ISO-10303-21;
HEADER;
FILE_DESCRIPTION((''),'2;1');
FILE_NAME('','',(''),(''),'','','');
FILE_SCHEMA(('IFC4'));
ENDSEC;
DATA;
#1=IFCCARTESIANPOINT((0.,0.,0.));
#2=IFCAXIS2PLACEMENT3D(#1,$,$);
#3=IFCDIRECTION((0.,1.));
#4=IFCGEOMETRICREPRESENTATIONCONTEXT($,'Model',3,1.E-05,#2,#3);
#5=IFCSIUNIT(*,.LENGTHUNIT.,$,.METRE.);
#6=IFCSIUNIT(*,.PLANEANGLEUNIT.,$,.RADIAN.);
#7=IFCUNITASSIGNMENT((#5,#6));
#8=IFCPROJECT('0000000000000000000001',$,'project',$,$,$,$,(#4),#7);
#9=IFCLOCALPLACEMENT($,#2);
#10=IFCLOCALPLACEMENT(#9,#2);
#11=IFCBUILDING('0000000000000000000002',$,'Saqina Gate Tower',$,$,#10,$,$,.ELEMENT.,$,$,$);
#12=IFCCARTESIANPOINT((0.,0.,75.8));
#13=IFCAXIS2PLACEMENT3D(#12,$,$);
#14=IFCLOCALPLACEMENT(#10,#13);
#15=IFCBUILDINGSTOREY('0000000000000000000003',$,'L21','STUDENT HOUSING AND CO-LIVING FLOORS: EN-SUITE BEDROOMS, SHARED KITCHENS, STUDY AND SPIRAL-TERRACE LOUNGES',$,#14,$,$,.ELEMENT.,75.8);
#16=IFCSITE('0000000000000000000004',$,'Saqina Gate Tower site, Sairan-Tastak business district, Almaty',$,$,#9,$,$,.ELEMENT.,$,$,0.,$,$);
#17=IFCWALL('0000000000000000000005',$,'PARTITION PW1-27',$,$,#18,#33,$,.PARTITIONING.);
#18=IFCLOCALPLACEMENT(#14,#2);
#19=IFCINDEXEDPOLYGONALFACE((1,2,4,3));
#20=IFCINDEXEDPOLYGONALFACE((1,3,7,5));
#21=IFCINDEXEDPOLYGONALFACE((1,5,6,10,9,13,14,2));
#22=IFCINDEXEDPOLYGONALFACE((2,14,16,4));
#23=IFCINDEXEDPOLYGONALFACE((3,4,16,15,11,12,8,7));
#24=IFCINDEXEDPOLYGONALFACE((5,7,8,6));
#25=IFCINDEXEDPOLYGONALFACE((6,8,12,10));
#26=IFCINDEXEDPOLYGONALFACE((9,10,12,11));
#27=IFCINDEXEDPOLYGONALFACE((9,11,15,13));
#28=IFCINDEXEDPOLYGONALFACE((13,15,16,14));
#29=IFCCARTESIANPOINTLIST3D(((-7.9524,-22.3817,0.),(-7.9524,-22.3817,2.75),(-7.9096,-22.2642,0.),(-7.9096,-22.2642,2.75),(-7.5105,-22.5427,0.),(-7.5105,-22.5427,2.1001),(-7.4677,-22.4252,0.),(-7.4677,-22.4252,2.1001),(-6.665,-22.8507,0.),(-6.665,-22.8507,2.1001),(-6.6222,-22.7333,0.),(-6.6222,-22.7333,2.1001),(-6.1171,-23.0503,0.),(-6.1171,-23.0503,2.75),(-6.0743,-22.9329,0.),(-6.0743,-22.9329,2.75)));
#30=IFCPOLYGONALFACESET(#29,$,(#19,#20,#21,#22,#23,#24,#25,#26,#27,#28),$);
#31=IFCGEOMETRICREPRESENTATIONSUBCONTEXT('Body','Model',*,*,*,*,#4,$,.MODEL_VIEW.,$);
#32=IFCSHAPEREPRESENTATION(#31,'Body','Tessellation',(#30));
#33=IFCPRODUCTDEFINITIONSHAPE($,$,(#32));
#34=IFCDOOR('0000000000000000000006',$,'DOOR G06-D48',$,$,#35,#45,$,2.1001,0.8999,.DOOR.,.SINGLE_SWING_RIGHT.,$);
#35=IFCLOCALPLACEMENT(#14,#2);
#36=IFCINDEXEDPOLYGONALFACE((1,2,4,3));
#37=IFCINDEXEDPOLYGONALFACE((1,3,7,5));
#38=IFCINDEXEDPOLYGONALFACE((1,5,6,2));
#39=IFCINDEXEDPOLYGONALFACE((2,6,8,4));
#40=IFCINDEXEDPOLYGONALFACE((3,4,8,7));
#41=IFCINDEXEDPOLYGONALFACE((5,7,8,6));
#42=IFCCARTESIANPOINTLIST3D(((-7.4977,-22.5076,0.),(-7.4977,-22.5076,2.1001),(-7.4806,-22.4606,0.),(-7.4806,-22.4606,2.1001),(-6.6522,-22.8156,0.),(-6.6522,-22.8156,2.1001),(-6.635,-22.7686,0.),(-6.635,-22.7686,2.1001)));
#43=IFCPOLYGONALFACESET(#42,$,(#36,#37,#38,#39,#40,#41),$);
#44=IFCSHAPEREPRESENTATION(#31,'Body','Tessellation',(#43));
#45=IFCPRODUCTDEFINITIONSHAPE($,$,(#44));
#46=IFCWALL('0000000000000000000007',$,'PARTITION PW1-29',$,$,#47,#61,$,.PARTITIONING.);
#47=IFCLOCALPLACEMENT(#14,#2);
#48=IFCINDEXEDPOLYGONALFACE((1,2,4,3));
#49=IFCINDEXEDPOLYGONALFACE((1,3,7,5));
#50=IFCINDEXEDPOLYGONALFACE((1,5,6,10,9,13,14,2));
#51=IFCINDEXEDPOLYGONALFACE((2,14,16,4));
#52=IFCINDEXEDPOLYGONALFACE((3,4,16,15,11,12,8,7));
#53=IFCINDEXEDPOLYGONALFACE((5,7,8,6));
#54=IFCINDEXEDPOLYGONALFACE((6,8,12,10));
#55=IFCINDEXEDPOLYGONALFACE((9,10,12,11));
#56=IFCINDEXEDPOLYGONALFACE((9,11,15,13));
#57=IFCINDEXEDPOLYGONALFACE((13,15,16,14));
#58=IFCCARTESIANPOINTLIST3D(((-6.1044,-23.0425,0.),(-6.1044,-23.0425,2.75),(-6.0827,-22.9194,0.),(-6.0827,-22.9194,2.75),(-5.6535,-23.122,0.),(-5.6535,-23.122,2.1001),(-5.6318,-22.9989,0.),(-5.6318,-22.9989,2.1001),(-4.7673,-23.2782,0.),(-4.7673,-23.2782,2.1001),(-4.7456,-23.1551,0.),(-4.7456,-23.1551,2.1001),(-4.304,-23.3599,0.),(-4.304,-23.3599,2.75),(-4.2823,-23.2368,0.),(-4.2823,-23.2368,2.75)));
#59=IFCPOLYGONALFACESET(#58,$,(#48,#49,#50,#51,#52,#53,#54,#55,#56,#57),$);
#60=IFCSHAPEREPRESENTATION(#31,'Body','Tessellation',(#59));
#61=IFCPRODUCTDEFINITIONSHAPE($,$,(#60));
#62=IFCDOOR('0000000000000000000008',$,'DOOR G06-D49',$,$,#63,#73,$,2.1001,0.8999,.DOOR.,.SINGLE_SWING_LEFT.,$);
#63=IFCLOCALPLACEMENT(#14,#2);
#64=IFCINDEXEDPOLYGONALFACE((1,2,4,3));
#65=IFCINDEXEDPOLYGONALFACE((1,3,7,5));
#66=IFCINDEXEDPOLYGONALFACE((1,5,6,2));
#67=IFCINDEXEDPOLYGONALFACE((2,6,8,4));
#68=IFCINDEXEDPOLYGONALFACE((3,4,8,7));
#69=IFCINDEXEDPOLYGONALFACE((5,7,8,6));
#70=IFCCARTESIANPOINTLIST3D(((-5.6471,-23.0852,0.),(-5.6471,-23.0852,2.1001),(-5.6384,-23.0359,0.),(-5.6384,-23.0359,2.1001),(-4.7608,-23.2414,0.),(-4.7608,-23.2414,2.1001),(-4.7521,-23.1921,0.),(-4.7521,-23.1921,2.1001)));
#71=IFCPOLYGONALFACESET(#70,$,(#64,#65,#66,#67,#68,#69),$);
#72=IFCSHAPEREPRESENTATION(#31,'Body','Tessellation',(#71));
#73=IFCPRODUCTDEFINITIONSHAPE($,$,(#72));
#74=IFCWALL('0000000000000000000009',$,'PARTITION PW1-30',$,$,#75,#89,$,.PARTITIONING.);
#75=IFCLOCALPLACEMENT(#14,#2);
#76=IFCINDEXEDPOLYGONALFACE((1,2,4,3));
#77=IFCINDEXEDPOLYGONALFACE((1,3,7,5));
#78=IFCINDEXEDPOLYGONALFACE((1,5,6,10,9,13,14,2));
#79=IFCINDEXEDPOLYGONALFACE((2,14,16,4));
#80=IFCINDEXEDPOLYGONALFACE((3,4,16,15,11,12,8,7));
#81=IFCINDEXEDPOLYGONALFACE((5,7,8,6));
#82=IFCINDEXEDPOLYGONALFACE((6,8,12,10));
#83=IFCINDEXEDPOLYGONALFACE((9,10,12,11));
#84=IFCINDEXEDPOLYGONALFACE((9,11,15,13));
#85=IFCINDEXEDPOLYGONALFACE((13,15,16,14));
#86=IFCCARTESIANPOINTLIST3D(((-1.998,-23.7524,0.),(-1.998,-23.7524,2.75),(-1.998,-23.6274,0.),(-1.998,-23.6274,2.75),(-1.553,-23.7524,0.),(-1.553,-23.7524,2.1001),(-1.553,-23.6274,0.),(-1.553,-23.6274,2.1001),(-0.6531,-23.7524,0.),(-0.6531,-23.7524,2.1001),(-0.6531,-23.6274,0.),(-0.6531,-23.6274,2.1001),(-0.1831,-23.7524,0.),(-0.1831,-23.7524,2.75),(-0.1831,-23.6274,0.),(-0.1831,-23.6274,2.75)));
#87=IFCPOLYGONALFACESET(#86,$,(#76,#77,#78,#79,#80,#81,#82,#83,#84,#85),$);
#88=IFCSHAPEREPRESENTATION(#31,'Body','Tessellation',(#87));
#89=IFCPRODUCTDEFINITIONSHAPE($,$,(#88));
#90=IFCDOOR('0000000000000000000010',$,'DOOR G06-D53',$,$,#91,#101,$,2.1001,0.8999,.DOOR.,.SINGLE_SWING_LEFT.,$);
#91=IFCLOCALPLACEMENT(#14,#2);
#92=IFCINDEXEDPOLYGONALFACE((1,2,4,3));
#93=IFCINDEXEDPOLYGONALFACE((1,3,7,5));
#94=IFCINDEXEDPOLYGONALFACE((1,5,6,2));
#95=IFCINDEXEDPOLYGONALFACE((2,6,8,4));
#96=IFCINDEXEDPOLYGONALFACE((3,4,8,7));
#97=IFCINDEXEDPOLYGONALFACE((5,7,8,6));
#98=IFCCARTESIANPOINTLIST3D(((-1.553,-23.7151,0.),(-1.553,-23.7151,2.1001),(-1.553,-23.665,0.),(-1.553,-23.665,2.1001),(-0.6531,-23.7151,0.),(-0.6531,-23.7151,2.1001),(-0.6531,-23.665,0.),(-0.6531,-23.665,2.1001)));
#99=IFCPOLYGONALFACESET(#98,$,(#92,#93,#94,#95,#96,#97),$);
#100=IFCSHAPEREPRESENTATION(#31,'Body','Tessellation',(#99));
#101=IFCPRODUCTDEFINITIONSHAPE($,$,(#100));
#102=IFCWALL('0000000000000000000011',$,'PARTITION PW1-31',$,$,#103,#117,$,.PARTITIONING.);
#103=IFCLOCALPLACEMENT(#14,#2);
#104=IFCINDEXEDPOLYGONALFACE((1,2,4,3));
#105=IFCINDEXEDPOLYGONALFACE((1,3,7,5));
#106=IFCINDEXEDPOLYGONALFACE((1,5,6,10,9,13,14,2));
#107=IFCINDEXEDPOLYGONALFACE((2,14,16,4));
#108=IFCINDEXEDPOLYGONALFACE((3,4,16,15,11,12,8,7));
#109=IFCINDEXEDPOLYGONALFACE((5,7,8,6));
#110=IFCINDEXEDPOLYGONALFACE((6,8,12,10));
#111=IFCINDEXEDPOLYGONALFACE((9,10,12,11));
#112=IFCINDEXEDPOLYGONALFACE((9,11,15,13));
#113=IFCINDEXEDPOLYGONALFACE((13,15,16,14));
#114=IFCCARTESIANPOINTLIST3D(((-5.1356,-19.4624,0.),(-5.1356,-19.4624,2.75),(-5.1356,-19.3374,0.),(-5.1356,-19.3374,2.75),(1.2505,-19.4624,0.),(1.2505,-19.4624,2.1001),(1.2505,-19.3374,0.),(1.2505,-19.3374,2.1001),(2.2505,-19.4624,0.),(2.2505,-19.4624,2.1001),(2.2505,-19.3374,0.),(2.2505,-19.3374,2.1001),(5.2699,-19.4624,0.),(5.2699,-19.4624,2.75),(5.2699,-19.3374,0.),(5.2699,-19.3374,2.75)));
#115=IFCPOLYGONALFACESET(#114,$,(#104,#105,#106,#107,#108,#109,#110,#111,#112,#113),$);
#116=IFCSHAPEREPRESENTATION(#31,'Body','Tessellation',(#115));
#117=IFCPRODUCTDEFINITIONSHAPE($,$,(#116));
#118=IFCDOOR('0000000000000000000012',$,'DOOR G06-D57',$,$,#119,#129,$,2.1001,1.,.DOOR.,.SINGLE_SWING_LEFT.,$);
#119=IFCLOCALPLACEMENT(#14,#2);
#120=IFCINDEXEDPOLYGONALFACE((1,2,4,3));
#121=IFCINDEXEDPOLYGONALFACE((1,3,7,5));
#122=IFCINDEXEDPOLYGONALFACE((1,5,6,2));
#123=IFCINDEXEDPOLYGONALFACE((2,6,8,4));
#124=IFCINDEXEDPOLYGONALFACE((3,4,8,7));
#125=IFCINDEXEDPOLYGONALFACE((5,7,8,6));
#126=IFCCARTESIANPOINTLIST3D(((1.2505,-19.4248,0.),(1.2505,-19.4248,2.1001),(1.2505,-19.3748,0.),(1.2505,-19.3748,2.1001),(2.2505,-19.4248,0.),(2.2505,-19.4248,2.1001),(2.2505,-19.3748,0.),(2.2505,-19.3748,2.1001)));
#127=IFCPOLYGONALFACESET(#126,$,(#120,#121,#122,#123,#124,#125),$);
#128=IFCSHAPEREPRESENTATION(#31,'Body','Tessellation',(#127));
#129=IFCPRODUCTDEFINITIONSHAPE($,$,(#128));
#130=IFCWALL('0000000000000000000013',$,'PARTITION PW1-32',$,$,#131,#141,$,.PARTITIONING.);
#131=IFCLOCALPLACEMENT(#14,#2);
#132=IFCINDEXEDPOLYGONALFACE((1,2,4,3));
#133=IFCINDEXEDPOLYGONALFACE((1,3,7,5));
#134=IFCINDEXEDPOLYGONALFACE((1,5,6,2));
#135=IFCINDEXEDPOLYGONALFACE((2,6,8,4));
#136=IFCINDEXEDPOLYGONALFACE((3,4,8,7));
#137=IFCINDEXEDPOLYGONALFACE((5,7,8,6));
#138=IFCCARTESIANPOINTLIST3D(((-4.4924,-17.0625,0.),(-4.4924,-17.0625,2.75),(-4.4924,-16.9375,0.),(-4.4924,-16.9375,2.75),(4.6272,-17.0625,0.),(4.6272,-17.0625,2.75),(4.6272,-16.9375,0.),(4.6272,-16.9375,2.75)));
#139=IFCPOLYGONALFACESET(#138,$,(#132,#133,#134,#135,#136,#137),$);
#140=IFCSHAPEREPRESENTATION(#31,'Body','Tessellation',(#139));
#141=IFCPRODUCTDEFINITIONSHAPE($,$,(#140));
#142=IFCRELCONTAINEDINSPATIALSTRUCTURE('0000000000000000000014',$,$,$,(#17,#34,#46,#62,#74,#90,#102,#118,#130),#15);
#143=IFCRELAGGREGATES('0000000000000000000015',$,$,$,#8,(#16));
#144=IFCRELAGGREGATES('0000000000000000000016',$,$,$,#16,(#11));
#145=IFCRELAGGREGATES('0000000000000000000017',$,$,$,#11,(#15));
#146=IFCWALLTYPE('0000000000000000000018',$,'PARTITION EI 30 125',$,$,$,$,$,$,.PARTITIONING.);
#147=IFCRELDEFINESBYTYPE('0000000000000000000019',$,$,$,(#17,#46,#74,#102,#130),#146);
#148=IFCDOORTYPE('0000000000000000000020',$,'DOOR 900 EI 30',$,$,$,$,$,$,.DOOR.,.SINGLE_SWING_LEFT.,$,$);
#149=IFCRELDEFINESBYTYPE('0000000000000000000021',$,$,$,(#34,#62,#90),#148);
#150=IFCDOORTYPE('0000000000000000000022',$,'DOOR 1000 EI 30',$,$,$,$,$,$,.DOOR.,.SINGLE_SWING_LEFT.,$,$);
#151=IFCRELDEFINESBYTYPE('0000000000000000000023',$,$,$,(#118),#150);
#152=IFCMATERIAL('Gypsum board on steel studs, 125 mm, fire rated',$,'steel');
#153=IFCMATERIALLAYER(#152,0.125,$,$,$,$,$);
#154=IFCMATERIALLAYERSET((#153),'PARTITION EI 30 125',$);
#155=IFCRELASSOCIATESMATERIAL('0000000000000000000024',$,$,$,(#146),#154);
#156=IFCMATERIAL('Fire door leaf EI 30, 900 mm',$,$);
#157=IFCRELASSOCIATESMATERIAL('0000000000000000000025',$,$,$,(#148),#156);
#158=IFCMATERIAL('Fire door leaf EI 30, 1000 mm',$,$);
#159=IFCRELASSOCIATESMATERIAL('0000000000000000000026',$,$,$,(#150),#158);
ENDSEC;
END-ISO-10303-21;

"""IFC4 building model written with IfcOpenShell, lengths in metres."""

from ifc_helpers import new_model, si_unit, direction, frame, frame_2d, origin, place, context, subcontext, project, spatial, rectangle, extrude, material, layer, layer_set, type_object, element, fill, save


model = new_model("IFC4")

# Units and contexts
model_context = context("Model", 3, precision=1e-05, world=origin(), true_north=direction((0.0, 1.0)))
body_context = subcontext(model_context, "Body", "Model", "MODEL_VIEW")
ifc_project = project(units=[si_unit("LENGTHUNIT", "METRE"), si_unit("PLANEANGLEUNIT", "RADIAN")], contexts=[model_context])

# Site, building, storey
site_placement = place(None, origin())
site = spatial("IfcSite", under=ifc_project, at=site_placement, Name="Saqina Gate Tower site, Sairan-Tastak business district, Almaty", CompositionType="ELEMENT", RefElevation=0.0)
building_placement = place(site_placement, origin())
building = spatial("IfcBuilding", under=site, at=building_placement, Name="Saqina Gate Tower", CompositionType="ELEMENT")
storey_placement = place(building_placement, frame((0.0, 0.0, 75.8)))
storey = spatial("IfcBuildingStorey", under=building, at=storey_placement, Name="L21", Description="STUDENT HOUSING AND CO-LIVING FLOORS: EN-SUITE BEDROOMS, SHARED KITCHENS, STUDY AND SPIRAL-TERRACE LOUNGES", CompositionType="ELEMENT", Elevation=75.8)

# Walls, openings, doors
ifc_material_1 = material(Name="Gypsum board on steel studs, 125 mm, fire rated", Category="steel")
ifc_layer_1 = layer(ifc_material_1, 0.125)
ifc_layer_set_1 = layer_set([ifc_layer_1], Name="PARTITION EI 30 125")
wall_type_1 = type_object("IfcWallType", Name="PARTITION EI 30 125", PredefinedType="PARTITIONING", material=ifc_layer_set_1)
wall_1_placement = place(storey_placement, frame((-7.9309, -22.323, 0.0), z_axis=(0.0, 0.0, 1.0), x_axis=(0.939585, -0.342315, 0.0)))
wall_1 = element("IfcWall", 1, at=wall_1_placement, inside=storey, type_object=wall_type_1, Name="PARTITION PW1-27", PredefinedType="PARTITIONING", context=body_context, shape_type="SweptSolid", body=[
    extrude(rectangle(XDim=1.9534, YDim=0.125, at=frame_2d((0.9766, 0.0))), origin(), (0.0, 0.0, 1.0), 2.75),
])
opening_1_placement = place(wall_1_placement, frame((0.4702, 0.0, 0.0)))
opening_1 = element("IfcOpeningElement", 2, at=opening_1_placement, cuts=wall_1, PredefinedType="OPENING", context=body_context, shape_type="SweptSolid", body=[
    extrude(rectangle(XDim=0.8999, YDim=2.1001, at=frame_2d((0.45, 1.05))), frame((0.0, 0.0745, 0.0), z_axis=(0.0, -1.0, 0.0), x_axis=(1.0, 0.0, 0.0)), (0.0, 0.0, 1.0), 0.1489),
])
ifc_material_2 = material(Name="Fire door leaf EI 30, 900 mm")
door_type_1 = type_object("IfcDoorType", Name="DOOR 900 EI 30", OperationType="SINGLE_SWING_LEFT", PredefinedType="DOOR", material=ifc_material_2)
door_1_placement = place(opening_1_placement, origin())
door_1 = element("IfcDoor", 3, at=door_1_placement, inside=storey, type_object=door_type_1, Name="DOOR G06-D48", OperationType="SINGLE_SWING_RIGHT", OverallHeight=2.1001, OverallWidth=0.8999, PredefinedType="DOOR", context=body_context, shape_type="SweptSolid", body=[
    extrude(rectangle(XDim=0.8999, YDim=2.1001, at=frame_2d((0.45, 1.05))), frame((0.0, 0.0249, 0.0), z_axis=(0.0, -1.0, 0.0), x_axis=(1.0, 0.0, 0.0)), (0.0, 0.0, 1.0), 0.05),
])
fill(opening_1, door_1)
wall_2_placement = place(storey_placement, frame((-6.0935, -22.981, 0.0), z_axis=(0.0, 0.0, 1.0), x_axis=(0.984813, -0.173618, 0.0)))
wall_2 = element("IfcWall", 4, at=wall_2_placement, inside=storey, type_object=wall_type_1, Name="PARTITION PW1-29", PredefinedType="PARTITIONING", context=body_context, shape_type="SweptSolid", body=[
    extrude(rectangle(XDim=1.8281, YDim=0.125, at=frame_2d((0.9141, 0.0))), origin(), (0.0, 0.0, 1.0), 2.75),
])
opening_2_placement = place(wall_2_placement, frame((0.4578, 0.0, 0.0)))
opening_2 = element("IfcOpeningElement", 5, at=opening_2_placement, cuts=wall_2, PredefinedType="OPENING", context=body_context, shape_type="SweptSolid", body=[
    extrude(rectangle(XDim=0.8999, YDim=2.1001, at=frame_2d((0.45, 1.05))), frame((0.0, 0.0745, 0.0), z_axis=(0.0, -1.0, 0.0), x_axis=(1.0, 0.0, 0.0)), (0.0, 0.0, 1.0), 0.1489),
])
door_2_placement = place(opening_2_placement, origin())
door_2 = element("IfcDoor", 6, at=door_2_placement, inside=storey, type_object=door_type_1, Name="DOOR G06-D49", OperationType="SINGLE_SWING_LEFT", OverallHeight=2.1001, OverallWidth=0.8999, PredefinedType="DOOR", context=body_context, shape_type="SweptSolid", body=[
    extrude(rectangle(XDim=0.8999, YDim=2.1001, at=frame_2d((0.45, 1.05))), frame((0.0, 0.0249, 0.0), z_axis=(0.0, -1.0, 0.0), x_axis=(1.0, 0.0, 0.0)), (0.0, 0.0, 1.0), 0.05),
])
fill(opening_2, door_2)
wall_3_placement = place(storey_placement, frame((-1.998, -23.6899, 0.0), z_axis=(0.0, 0.0, 1.0), x_axis=(1.0, 0.0, 0.0)))
wall_3 = element("IfcWall", 7, at=wall_3_placement, inside=storey, type_object=wall_type_1, Name="PARTITION PW1-30", PredefinedType="PARTITIONING", context=body_context, shape_type="SweptSolid", body=[
    extrude(rectangle(XDim=1.8149, YDim=0.125, at=frame_2d((0.9075, 0.0))), origin(), (0.0, 0.0, 1.0), 2.75),
])
opening_3_placement = place(wall_3_placement, frame((0.4451, 0.0, 0.0)))
opening_3 = element("IfcOpeningElement", 8, at=opening_3_placement, cuts=wall_3, PredefinedType="OPENING", context=body_context, shape_type="SweptSolid", body=[
    extrude(rectangle(XDim=0.8999, YDim=2.1001, at=frame_2d((0.45, 1.05))), frame((0.0, 0.0745, 0.0), z_axis=(0.0, -1.0, 0.0), x_axis=(1.0, 0.0, 0.0)), (0.0, 0.0, 1.0), 0.1489),
])
door_3_placement = place(opening_3_placement, origin())
door_3 = element("IfcDoor", 9, at=door_3_placement, inside=storey, type_object=door_type_1, Name="DOOR G06-D53", OperationType="SINGLE_SWING_LEFT", OverallHeight=2.1001, OverallWidth=0.8999, PredefinedType="DOOR", context=body_context, shape_type="SweptSolid", body=[
    extrude(rectangle(XDim=0.8999, YDim=2.1001, at=frame_2d((0.45, 1.05))), frame((0.0, 0.0249, 0.0), z_axis=(0.0, -1.0, 0.0), x_axis=(1.0, 0.0, 0.0)), (0.0, 0.0, 1.0), 0.05),
])
fill(opening_3, door_3)
wall_4_placement = place(storey_placement, frame((-5.1355, -19.3999, 0.0), z_axis=(0.0, 0.0, 1.0), x_axis=(1.0, 0.0, 0.0)))
wall_4 = element("IfcWall", 10, at=wall_4_placement, inside=storey, type_object=wall_type_1, Name="PARTITION PW1-31", PredefinedType="PARTITIONING", context=body_context, shape_type="SweptSolid", body=[
    extrude(rectangle(XDim=10.4055, YDim=0.125, at=frame_2d((5.2026, 0.0))), origin(), (0.0, 0.0, 1.0), 2.75),
])
opening_4_placement = place(wall_4_placement, frame((6.386, 0.0, 0.0)))
opening_4 = element("IfcOpeningElement", 11, at=opening_4_placement, cuts=wall_4, PredefinedType="OPENING", context=body_context, shape_type="SweptSolid", body=[
    extrude(rectangle(XDim=1.0, YDim=2.1001, at=frame_2d((0.5, 1.05))), frame((0.0, 0.0745, 0.0), z_axis=(0.0, -1.0, 0.0), x_axis=(1.0, 0.0, 0.0)), (0.0, 0.0, 1.0), 0.1489),
])
ifc_material_3 = material(Name="Fire door leaf EI 30, 1000 mm")
door_type_2 = type_object("IfcDoorType", Name="DOOR 1000 EI 30", OperationType="SINGLE_SWING_LEFT", PredefinedType="DOOR", material=ifc_material_3)
door_4_placement = place(opening_4_placement, frame((1.0, 0.0, 0.0), z_axis=(0.0, 0.0, 1.0), x_axis=(-1.0, 0.0, 0.0)))
door_4 = element("IfcDoor", 12, at=door_4_placement, inside=storey, type_object=door_type_2, Name="DOOR G06-D57", OperationType="SINGLE_SWING_LEFT", OverallHeight=2.1001, OverallWidth=1.0, PredefinedType="DOOR", context=body_context, shape_type="SweptSolid", body=[
    extrude(rectangle(XDim=1.0, YDim=2.1001, at=frame_2d((0.5, 1.05))), frame((0.0, 0.0249, 0.0), z_axis=(0.0, -1.0, 0.0), x_axis=(1.0, 0.0, 0.0)), (0.0, 0.0, 1.0), 0.05),
])
fill(opening_4, door_4)

# Wall
wall_5_placement = place(storey_placement, frame((-4.4924, -17.0, 0.0), z_axis=(0.0, 0.0, 1.0), x_axis=(1.0, 0.0, 0.0)))
element("IfcWall", 13, at=wall_5_placement, inside=storey, type_object=wall_type_1, Name="PARTITION PW1-32", PredefinedType="PARTITIONING", context=body_context, shape_type="SweptSolid", body=[
    extrude(rectangle(XDim=9.1196, YDim=0.125, at=frame_2d((4.5598, 0.0))), origin(), (0.0, 0.0, 1.0), 2.75),
])

save(model, "model.ifc")
